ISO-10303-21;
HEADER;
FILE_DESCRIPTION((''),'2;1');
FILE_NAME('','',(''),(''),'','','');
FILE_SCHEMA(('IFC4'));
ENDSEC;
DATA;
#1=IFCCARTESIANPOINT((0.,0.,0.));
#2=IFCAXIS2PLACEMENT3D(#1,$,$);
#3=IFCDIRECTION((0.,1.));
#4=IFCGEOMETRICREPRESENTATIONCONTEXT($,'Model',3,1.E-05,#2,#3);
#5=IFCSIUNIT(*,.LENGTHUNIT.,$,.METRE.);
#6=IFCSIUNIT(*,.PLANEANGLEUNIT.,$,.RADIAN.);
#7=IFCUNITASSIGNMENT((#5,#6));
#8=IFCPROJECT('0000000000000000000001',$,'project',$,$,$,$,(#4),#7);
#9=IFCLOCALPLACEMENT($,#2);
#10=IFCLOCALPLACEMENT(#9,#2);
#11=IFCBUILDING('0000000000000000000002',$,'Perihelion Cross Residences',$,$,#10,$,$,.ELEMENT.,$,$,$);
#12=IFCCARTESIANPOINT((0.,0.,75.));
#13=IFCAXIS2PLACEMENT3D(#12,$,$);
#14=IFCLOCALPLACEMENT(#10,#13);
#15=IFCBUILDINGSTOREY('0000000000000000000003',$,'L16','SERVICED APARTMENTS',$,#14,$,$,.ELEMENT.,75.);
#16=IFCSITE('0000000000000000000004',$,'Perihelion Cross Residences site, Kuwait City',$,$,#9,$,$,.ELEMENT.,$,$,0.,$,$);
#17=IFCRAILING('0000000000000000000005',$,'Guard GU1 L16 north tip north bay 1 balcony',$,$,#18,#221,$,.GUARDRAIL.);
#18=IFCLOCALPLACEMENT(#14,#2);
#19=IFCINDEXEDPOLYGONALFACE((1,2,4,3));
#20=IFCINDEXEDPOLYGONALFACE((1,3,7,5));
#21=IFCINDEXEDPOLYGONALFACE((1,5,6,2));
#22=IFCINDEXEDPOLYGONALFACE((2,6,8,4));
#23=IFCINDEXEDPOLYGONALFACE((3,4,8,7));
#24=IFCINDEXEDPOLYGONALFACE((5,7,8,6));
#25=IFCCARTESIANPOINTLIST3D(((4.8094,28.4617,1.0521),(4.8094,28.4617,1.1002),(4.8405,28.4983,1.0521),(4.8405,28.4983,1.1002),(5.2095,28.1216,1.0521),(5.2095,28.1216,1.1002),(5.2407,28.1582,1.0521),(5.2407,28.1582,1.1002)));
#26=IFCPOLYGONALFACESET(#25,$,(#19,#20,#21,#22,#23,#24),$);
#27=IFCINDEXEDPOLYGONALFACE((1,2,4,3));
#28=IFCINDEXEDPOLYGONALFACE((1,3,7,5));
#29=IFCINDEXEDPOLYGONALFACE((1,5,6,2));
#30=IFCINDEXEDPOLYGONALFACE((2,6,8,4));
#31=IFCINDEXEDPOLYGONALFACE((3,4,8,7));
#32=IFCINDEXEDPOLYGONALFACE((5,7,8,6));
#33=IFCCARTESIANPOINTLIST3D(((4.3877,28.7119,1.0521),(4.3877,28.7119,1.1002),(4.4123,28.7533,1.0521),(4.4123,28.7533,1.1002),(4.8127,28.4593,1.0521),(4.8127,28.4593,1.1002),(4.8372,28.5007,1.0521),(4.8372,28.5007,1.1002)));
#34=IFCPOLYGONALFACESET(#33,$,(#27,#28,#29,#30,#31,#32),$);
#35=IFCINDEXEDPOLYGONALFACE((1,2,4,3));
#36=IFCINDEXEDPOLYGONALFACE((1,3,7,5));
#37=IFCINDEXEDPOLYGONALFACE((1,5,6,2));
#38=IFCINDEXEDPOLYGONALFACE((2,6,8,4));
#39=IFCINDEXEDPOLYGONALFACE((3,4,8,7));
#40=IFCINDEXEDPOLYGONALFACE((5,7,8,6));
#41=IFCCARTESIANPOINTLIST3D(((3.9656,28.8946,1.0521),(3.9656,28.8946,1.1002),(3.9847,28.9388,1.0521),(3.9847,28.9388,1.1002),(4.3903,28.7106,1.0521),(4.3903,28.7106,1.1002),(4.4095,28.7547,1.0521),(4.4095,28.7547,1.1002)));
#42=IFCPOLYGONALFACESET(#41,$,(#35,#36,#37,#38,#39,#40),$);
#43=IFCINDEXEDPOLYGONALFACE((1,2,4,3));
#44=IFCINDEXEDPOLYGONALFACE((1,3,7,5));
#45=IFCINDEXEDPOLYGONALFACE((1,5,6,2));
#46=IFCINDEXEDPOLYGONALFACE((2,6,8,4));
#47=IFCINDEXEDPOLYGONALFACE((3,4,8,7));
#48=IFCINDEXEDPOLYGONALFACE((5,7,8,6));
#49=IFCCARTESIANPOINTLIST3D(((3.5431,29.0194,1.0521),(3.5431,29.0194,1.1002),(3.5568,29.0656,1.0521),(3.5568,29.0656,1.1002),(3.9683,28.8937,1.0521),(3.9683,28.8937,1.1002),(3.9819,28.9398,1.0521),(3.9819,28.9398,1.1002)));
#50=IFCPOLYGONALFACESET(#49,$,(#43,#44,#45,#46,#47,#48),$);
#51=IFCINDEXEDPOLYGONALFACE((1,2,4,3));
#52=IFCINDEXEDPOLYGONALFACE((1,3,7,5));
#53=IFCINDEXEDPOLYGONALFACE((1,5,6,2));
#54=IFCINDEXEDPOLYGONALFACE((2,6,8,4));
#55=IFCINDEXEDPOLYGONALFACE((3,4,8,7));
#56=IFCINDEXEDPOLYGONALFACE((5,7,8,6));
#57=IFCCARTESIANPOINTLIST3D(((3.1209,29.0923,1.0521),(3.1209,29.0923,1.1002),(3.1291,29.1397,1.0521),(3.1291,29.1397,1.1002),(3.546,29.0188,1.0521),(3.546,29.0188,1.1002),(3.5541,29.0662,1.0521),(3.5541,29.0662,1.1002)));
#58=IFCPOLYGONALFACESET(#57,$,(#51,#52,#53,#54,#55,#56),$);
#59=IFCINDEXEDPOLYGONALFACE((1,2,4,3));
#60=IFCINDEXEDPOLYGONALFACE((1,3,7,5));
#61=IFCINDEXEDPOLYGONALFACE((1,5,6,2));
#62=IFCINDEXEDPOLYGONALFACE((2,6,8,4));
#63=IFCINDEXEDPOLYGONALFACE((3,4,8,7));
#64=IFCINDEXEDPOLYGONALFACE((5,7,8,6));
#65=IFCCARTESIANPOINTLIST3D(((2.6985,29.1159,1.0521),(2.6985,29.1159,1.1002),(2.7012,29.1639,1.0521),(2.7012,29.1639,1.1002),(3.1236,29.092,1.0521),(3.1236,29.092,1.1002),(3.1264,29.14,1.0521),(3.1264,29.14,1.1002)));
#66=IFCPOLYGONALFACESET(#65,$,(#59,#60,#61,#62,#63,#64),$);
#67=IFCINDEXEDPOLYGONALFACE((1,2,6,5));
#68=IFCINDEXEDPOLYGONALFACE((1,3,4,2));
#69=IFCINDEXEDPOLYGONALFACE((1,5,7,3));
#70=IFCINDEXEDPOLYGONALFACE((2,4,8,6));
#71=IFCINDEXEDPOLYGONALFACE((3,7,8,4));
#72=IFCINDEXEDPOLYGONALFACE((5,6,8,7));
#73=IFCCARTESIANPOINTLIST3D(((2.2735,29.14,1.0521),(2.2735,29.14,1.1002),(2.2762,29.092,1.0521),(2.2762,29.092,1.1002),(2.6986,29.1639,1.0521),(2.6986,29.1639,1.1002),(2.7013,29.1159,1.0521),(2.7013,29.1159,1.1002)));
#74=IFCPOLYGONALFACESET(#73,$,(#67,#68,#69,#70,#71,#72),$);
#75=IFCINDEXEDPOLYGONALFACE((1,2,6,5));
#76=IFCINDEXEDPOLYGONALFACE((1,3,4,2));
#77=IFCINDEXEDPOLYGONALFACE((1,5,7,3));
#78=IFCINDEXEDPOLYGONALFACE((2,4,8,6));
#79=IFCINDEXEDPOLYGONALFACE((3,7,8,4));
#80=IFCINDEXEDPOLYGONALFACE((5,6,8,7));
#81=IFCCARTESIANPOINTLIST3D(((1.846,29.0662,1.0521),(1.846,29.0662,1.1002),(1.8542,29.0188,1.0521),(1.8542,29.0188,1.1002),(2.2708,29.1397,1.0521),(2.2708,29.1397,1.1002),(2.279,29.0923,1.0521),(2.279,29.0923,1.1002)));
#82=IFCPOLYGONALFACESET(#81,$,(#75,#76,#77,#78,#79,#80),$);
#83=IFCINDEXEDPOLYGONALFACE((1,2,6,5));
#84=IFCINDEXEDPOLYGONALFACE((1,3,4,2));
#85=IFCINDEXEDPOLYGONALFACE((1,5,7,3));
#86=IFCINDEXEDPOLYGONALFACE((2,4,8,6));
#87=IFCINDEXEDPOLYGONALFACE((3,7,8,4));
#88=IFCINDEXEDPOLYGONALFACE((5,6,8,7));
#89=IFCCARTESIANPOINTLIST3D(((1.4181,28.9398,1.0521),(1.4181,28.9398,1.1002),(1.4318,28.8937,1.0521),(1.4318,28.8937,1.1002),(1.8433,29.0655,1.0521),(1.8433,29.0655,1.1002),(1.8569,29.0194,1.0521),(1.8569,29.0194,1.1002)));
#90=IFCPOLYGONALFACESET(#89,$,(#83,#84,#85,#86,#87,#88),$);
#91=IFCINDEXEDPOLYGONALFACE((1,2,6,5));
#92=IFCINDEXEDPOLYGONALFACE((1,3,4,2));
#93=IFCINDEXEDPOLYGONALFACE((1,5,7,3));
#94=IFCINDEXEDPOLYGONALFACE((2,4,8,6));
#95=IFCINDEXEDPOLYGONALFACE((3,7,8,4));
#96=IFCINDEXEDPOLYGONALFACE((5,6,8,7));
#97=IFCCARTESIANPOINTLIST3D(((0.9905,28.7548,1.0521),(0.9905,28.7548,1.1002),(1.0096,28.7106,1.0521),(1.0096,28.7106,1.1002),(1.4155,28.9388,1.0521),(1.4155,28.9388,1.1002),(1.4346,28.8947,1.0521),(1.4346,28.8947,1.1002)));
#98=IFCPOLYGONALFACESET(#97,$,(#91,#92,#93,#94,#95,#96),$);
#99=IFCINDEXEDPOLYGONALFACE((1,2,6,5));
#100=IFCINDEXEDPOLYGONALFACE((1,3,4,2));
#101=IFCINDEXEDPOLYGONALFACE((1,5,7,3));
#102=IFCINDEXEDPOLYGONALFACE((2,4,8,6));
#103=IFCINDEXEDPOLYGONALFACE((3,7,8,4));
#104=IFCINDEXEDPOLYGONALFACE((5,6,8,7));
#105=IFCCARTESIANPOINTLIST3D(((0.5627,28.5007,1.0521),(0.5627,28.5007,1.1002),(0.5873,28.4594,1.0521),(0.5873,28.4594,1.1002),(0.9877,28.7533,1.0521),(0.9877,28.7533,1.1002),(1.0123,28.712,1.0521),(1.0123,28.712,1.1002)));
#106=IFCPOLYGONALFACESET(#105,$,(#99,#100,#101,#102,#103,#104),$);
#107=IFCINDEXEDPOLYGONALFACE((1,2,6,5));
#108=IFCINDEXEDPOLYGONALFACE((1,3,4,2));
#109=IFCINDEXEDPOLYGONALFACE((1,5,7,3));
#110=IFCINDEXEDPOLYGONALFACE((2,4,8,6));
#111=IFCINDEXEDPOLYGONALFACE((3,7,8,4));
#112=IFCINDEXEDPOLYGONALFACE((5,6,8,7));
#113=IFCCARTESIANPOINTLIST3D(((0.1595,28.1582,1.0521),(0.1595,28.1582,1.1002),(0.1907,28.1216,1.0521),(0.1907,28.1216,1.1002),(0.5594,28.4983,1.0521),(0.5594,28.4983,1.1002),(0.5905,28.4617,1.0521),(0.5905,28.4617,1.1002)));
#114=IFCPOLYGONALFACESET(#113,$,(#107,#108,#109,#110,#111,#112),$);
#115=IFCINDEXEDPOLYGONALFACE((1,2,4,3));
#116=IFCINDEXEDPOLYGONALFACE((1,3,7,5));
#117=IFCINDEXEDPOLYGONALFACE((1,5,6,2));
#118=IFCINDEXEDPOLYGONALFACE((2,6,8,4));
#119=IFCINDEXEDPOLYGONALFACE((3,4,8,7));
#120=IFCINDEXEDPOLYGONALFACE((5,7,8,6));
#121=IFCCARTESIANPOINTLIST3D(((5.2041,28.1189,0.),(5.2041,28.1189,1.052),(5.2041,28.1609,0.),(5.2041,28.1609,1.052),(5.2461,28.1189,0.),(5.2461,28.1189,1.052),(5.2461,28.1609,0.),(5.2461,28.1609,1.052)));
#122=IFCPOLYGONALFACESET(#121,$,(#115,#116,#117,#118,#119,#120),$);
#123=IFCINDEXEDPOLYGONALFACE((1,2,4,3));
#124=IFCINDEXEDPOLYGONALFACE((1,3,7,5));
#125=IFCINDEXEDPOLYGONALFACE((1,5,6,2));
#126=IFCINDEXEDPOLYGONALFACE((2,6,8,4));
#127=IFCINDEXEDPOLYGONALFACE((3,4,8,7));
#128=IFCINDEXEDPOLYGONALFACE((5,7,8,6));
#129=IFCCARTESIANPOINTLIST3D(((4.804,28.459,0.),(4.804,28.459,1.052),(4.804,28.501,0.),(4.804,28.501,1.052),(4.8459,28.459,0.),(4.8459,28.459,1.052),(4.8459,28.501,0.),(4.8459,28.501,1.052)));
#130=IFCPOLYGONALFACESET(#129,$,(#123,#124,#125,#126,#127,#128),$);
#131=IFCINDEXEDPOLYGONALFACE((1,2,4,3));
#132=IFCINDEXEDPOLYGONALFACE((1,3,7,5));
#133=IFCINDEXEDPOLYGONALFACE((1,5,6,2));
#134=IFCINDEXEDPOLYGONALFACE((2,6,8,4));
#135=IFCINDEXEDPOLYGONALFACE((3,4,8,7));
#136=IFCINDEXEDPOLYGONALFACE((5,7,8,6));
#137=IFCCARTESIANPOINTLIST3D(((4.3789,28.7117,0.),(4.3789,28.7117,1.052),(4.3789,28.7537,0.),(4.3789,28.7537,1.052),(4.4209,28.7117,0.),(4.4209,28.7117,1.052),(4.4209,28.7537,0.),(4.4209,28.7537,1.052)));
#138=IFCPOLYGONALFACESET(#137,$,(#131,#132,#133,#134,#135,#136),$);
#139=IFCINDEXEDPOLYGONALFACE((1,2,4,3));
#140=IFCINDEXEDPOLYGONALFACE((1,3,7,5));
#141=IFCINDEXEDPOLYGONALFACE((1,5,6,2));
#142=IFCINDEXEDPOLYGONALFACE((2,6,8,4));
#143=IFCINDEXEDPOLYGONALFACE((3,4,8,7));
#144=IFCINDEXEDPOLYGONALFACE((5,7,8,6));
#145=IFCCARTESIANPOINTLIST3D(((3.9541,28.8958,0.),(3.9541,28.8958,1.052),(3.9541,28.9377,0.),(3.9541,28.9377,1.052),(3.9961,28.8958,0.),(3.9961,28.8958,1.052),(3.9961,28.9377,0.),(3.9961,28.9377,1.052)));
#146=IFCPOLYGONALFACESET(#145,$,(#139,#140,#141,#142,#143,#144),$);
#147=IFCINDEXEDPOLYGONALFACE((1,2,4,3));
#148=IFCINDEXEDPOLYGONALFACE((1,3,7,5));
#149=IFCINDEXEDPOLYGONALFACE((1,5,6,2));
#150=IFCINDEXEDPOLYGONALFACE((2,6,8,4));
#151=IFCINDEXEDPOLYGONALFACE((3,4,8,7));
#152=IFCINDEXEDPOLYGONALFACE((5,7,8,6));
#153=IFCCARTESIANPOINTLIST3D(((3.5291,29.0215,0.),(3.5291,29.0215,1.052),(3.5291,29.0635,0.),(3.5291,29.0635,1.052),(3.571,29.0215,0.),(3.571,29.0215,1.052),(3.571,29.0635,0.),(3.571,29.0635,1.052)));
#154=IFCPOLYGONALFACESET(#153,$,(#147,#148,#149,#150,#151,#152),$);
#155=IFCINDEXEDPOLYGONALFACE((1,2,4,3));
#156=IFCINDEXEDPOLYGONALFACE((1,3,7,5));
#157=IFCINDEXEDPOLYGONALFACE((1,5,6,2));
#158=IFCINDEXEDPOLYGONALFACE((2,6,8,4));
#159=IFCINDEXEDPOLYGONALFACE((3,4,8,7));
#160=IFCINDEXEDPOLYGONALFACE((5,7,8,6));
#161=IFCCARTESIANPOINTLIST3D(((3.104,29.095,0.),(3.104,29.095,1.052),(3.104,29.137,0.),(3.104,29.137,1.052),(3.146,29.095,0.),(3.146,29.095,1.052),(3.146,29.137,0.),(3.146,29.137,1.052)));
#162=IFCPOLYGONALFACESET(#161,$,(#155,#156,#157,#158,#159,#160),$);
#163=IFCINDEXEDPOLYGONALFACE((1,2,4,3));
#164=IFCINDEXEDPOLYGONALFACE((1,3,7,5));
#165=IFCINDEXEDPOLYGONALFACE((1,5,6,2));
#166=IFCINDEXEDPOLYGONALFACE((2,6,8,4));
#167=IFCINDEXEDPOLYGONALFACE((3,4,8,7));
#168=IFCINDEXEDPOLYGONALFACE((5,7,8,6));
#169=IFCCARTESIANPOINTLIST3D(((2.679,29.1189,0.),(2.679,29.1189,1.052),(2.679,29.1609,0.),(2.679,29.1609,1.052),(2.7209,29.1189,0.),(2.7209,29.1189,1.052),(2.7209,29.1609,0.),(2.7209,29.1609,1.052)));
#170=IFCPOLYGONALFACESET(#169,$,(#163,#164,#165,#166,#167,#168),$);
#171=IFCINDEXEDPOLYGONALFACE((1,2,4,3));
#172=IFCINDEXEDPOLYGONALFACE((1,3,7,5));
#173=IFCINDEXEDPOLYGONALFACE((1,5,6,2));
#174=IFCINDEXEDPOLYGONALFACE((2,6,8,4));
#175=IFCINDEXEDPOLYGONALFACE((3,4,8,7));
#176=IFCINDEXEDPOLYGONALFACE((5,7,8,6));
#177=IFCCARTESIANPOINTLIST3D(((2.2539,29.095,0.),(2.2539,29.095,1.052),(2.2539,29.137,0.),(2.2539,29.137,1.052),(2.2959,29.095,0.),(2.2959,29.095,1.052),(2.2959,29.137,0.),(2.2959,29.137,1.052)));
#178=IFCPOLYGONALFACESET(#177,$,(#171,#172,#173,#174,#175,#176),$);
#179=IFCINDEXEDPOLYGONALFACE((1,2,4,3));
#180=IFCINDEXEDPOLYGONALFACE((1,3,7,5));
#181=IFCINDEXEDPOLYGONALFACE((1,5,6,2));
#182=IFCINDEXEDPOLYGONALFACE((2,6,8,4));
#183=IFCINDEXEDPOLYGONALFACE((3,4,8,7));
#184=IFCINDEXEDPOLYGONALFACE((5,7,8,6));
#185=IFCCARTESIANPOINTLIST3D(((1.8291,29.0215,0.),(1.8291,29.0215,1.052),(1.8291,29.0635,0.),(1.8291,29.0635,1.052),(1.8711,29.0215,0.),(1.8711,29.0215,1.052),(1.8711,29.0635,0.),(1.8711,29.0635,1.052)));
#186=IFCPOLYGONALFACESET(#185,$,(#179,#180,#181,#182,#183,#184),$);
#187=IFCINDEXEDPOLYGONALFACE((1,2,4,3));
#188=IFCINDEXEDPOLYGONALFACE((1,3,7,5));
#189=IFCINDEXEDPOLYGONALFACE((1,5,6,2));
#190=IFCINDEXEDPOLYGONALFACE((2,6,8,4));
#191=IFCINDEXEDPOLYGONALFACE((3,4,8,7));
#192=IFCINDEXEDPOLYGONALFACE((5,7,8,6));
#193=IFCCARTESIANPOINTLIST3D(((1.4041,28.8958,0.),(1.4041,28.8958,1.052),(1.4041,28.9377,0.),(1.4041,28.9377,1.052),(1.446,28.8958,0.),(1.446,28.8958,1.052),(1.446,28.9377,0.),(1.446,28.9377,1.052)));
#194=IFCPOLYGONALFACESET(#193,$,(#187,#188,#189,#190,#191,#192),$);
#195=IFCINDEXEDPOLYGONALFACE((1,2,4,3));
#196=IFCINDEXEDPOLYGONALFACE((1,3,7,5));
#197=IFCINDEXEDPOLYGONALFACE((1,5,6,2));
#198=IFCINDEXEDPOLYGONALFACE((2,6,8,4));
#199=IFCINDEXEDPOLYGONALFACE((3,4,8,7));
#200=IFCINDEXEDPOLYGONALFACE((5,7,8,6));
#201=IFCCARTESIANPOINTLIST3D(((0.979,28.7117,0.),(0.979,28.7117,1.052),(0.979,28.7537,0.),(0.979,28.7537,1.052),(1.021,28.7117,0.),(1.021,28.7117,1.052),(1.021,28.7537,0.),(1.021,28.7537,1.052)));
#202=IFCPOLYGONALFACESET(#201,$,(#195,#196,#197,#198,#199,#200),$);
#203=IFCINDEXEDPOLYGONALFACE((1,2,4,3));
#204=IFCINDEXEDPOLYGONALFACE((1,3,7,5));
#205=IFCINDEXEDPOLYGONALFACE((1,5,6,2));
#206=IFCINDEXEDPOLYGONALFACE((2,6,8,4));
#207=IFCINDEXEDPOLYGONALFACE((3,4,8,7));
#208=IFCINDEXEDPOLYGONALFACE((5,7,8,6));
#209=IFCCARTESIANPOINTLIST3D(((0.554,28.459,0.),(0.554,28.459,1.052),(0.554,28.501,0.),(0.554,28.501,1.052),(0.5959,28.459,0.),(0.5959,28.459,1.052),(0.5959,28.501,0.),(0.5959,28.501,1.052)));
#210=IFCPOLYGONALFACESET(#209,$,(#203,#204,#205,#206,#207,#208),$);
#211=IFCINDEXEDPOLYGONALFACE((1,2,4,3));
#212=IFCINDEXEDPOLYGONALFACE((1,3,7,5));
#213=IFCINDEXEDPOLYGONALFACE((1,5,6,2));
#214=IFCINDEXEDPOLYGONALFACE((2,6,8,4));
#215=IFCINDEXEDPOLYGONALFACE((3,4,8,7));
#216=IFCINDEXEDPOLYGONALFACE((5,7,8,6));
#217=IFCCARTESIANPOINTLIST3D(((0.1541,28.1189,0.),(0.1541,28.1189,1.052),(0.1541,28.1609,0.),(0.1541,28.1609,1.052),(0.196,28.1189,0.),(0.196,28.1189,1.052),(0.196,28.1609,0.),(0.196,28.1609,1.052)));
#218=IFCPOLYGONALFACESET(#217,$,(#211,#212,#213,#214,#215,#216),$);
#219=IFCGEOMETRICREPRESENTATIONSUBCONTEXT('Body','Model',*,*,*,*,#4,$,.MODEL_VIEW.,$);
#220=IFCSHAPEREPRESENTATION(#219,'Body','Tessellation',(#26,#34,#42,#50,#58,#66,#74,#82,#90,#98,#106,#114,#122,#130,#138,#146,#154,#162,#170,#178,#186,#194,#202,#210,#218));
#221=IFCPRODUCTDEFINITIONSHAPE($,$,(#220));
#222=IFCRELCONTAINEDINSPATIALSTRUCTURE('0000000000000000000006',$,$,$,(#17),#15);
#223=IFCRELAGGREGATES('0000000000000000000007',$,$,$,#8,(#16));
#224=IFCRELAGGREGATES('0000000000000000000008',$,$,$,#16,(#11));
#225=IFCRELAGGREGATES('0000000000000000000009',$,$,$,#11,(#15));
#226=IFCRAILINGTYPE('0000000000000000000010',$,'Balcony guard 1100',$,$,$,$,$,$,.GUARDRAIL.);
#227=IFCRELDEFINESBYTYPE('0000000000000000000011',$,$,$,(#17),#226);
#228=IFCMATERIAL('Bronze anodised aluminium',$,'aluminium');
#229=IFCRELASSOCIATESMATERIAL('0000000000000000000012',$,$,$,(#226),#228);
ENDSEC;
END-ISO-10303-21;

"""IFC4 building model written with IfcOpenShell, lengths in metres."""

from ifc_helpers import new_model, si_unit, direction, frame, origin, origin_2d, place, context, subcontext, project, spatial, rectangle, extrude, material, type_object, element, save


model = new_model("IFC4")

# Units and contexts
model_context = context("Model", 3, precision=1e-05, world=origin(), true_north=direction((0.0, 1.0)))
body_context = subcontext(model_context, "Body", "Model", "MODEL_VIEW")
ifc_project = project(units=[si_unit("LENGTHUNIT", "METRE"), si_unit("PLANEANGLEUNIT", "RADIAN")], contexts=[model_context])

# Site, building, storey
site_placement = place(None, origin())
site = spatial("IfcSite", under=ifc_project, at=site_placement, Name="Perihelion Cross Residences site, Kuwait City", CompositionType="ELEMENT", RefElevation=0.0)
building_placement = place(site_placement, origin())
building = spatial("IfcBuilding", under=site, at=building_placement, Name="Perihelion Cross Residences", CompositionType="ELEMENT")
storey_placement = place(building_placement, frame((0.0, 0.0, 75.0)))
storey = spatial("IfcBuildingStorey", under=building, at=storey_placement, Name="L16", Description="SERVICED APARTMENTS", CompositionType="ELEMENT", Elevation=75.0)

# Railing
ifc_material_1 = material(Name="Bronze anodised aluminium", Category="aluminium")
railing_type = type_object("IfcRailingType", Name="Balcony guard 1100", PredefinedType="GUARDRAIL", material=ifc_material_1)
railing_placement = place(storey_placement, frame((5.2251, 28.1399, 0.0)))
element("IfcRailing", 1, at=railing_placement, inside=storey, type_object=railing_type, Name="Guard GU1 L16 north tip north bay 1 balcony", PredefinedType="GUARDRAIL", context=body_context, shape_type="SweptSolid", body=[
    extrude(rectangle(XDim=0.0481, YDim=0.0481, at=origin_2d()), frame((0.0, 0.0, 1.0762), z_axis=(-0.761974, 0.647608, 0.0), x_axis=(-0.647608, -0.761974, 0.0)), (0.0, 0.0, 1.0), 0.5251),
    extrude(rectangle(XDim=0.0481, YDim=0.0481, at=origin_2d()), frame((-0.4001, 0.3401, 1.0762), z_axis=(-0.859577, 0.511006, 0.0), x_axis=(-0.511006, -0.859577, 0.0)), (0.0, 0.0, 1.0), 0.4944),
    extrude(rectangle(XDim=0.0481, YDim=0.0481, at=origin_2d()), frame((-0.8252, 0.5928, 1.0762), z_axis=(-0.917556, 0.397607, 0.0), x_axis=(-0.397607, -0.917556, 0.0)), (0.0, 0.0, 1.0), 0.4629),
    extrude(rectangle(XDim=0.0481, YDim=0.0481, at=origin_2d()), frame((-1.25, 0.7769, 1.0762), z_axis=(-0.958926, 0.283657, 0.0), x_axis=(-0.283657, -0.958926, 0.0)), (0.0, 0.0, 1.0), 0.4434),
    extrude(rectangle(XDim=0.0481, YDim=0.0481, at=origin_2d()), frame((-1.675, 0.9026, 1.0762), z_axis=(-0.985382, 0.170362, 0.0), x_axis=(-0.170362, -0.985382, 0.0)), (0.0, 0.0, 1.0), 0.4314),
    extrude(rectangle(XDim=0.0481, YDim=0.0481, at=origin_2d()), frame((-2.1001, 0.9761, 1.0762), z_axis=(-0.99842, 0.056201, 0.0), x_axis=(-0.056201, -0.99842, 0.0)), (0.0, 0.0, 1.0), 0.4258),
    extrude(rectangle(XDim=0.0481, YDim=0.0481, at=origin_2d()), frame((-2.5251, 1.0, 1.0762), z_axis=(-0.99842, -0.056201, 0.0), x_axis=(0.056201, -0.99842, 0.0)), (0.0, 0.0, 1.0), 0.4258),
    extrude(rectangle(XDim=0.0481, YDim=0.0481, at=origin_2d()), frame((-2.9502, 0.9761, 1.0762), z_axis=(-0.985365, -0.170457, 0.0), x_axis=(0.170457, -0.985365, 0.0)), (0.0, 0.0, 1.0), 0.4312),
    extrude(rectangle(XDim=0.0481, YDim=0.0481, at=origin_2d()), frame((-3.375, 0.9026, 1.0762), z_axis=(-0.958926, -0.283657, 0.0), x_axis=(0.283657, -0.958926, 0.0)), (0.0, 0.0, 1.0), 0.4434),
    extrude(rectangle(XDim=0.0481, YDim=0.0481, at=origin_2d()), frame((-3.8, 0.7769, 1.0762), z_axis=(-0.917639, -0.397415, 0.0), x_axis=(0.397415, -0.917639, 0.0)), (0.0, 0.0, 1.0), 0.4631),
    extrude(rectangle(XDim=0.0481, YDim=0.0481, at=origin_2d()), frame((-4.2251, 0.5928, 1.0762), z_axis=(-0.859577, -0.511006, 0.0), x_axis=(0.511006, -0.859577, 0.0)), (0.0, 0.0, 1.0), 0.4944),
    extrude(rectangle(XDim=0.0481, YDim=0.0481, at=origin_2d()), frame((-4.6501, 0.3401, 1.0762), z_axis=(-0.761779, -0.647837, 0.0), x_axis=(0.647837, -0.761779, 0.0)), (0.0, 0.0, 1.0), 0.5249),
    extrude(rectangle(XDim=0.042, YDim=0.042, at=origin_2d()), origin(), (0.0, 0.0, 1.0), 1.052),
    extrude(rectangle(XDim=0.042, YDim=0.042, at=origin_2d()), frame((-0.4001, 0.3401, 0.0)), (0.0, 0.0, 1.0), 1.052),
    extrude(rectangle(XDim=0.042, YDim=0.042, at=origin_2d()), frame((-0.8252, 0.5928, 0.0)), (0.0, 0.0, 1.0), 1.052),
    extrude(rectangle(XDim=0.042, YDim=0.042, at=origin_2d()), frame((-1.25, 0.7769, 0.0)), (0.0, 0.0, 1.0), 1.052),
    extrude(rectangle(XDim=0.042, YDim=0.042, at=origin_2d()), frame((-1.675, 0.9026, 0.0)), (0.0, 0.0, 1.0), 1.052),
    extrude(rectangle(XDim=0.042, YDim=0.042, at=origin_2d()), frame((-2.1001, 0.9761, 0.0)), (0.0, 0.0, 1.0), 1.052),
    extrude(rectangle(XDim=0.042, YDim=0.042, at=origin_2d()), frame((-2.5251, 1.0, 0.0)), (0.0, 0.0, 1.0), 1.052),
    extrude(rectangle(XDim=0.042, YDim=0.042, at=origin_2d()), frame((-2.9502, 0.9761, 0.0)), (0.0, 0.0, 1.0), 1.052),
    extrude(rectangle(XDim=0.042, YDim=0.042, at=origin_2d()), frame((-3.375, 0.9026, 0.0)), (0.0, 0.0, 1.0), 1.052),
    extrude(rectangle(XDim=0.042, YDim=0.042, at=origin_2d()), frame((-3.8, 0.7769, 0.0)), (0.0, 0.0, 1.0), 1.052),
    extrude(rectangle(XDim=0.042, YDim=0.042, at=origin_2d()), frame((-4.2251, 0.5928, 0.0)), (0.0, 0.0, 1.0), 1.052),
    extrude(rectangle(XDim=0.042, YDim=0.042, at=origin_2d()), frame((-4.6501, 0.3401, 0.0)), (0.0, 0.0, 1.0), 1.052),
    extrude(rectangle(XDim=0.042, YDim=0.042, at=origin_2d()), frame((-5.05, 0.0, 0.0)), (0.0, 0.0, 1.0), 1.052),
])

save(model, "model.ifc")
